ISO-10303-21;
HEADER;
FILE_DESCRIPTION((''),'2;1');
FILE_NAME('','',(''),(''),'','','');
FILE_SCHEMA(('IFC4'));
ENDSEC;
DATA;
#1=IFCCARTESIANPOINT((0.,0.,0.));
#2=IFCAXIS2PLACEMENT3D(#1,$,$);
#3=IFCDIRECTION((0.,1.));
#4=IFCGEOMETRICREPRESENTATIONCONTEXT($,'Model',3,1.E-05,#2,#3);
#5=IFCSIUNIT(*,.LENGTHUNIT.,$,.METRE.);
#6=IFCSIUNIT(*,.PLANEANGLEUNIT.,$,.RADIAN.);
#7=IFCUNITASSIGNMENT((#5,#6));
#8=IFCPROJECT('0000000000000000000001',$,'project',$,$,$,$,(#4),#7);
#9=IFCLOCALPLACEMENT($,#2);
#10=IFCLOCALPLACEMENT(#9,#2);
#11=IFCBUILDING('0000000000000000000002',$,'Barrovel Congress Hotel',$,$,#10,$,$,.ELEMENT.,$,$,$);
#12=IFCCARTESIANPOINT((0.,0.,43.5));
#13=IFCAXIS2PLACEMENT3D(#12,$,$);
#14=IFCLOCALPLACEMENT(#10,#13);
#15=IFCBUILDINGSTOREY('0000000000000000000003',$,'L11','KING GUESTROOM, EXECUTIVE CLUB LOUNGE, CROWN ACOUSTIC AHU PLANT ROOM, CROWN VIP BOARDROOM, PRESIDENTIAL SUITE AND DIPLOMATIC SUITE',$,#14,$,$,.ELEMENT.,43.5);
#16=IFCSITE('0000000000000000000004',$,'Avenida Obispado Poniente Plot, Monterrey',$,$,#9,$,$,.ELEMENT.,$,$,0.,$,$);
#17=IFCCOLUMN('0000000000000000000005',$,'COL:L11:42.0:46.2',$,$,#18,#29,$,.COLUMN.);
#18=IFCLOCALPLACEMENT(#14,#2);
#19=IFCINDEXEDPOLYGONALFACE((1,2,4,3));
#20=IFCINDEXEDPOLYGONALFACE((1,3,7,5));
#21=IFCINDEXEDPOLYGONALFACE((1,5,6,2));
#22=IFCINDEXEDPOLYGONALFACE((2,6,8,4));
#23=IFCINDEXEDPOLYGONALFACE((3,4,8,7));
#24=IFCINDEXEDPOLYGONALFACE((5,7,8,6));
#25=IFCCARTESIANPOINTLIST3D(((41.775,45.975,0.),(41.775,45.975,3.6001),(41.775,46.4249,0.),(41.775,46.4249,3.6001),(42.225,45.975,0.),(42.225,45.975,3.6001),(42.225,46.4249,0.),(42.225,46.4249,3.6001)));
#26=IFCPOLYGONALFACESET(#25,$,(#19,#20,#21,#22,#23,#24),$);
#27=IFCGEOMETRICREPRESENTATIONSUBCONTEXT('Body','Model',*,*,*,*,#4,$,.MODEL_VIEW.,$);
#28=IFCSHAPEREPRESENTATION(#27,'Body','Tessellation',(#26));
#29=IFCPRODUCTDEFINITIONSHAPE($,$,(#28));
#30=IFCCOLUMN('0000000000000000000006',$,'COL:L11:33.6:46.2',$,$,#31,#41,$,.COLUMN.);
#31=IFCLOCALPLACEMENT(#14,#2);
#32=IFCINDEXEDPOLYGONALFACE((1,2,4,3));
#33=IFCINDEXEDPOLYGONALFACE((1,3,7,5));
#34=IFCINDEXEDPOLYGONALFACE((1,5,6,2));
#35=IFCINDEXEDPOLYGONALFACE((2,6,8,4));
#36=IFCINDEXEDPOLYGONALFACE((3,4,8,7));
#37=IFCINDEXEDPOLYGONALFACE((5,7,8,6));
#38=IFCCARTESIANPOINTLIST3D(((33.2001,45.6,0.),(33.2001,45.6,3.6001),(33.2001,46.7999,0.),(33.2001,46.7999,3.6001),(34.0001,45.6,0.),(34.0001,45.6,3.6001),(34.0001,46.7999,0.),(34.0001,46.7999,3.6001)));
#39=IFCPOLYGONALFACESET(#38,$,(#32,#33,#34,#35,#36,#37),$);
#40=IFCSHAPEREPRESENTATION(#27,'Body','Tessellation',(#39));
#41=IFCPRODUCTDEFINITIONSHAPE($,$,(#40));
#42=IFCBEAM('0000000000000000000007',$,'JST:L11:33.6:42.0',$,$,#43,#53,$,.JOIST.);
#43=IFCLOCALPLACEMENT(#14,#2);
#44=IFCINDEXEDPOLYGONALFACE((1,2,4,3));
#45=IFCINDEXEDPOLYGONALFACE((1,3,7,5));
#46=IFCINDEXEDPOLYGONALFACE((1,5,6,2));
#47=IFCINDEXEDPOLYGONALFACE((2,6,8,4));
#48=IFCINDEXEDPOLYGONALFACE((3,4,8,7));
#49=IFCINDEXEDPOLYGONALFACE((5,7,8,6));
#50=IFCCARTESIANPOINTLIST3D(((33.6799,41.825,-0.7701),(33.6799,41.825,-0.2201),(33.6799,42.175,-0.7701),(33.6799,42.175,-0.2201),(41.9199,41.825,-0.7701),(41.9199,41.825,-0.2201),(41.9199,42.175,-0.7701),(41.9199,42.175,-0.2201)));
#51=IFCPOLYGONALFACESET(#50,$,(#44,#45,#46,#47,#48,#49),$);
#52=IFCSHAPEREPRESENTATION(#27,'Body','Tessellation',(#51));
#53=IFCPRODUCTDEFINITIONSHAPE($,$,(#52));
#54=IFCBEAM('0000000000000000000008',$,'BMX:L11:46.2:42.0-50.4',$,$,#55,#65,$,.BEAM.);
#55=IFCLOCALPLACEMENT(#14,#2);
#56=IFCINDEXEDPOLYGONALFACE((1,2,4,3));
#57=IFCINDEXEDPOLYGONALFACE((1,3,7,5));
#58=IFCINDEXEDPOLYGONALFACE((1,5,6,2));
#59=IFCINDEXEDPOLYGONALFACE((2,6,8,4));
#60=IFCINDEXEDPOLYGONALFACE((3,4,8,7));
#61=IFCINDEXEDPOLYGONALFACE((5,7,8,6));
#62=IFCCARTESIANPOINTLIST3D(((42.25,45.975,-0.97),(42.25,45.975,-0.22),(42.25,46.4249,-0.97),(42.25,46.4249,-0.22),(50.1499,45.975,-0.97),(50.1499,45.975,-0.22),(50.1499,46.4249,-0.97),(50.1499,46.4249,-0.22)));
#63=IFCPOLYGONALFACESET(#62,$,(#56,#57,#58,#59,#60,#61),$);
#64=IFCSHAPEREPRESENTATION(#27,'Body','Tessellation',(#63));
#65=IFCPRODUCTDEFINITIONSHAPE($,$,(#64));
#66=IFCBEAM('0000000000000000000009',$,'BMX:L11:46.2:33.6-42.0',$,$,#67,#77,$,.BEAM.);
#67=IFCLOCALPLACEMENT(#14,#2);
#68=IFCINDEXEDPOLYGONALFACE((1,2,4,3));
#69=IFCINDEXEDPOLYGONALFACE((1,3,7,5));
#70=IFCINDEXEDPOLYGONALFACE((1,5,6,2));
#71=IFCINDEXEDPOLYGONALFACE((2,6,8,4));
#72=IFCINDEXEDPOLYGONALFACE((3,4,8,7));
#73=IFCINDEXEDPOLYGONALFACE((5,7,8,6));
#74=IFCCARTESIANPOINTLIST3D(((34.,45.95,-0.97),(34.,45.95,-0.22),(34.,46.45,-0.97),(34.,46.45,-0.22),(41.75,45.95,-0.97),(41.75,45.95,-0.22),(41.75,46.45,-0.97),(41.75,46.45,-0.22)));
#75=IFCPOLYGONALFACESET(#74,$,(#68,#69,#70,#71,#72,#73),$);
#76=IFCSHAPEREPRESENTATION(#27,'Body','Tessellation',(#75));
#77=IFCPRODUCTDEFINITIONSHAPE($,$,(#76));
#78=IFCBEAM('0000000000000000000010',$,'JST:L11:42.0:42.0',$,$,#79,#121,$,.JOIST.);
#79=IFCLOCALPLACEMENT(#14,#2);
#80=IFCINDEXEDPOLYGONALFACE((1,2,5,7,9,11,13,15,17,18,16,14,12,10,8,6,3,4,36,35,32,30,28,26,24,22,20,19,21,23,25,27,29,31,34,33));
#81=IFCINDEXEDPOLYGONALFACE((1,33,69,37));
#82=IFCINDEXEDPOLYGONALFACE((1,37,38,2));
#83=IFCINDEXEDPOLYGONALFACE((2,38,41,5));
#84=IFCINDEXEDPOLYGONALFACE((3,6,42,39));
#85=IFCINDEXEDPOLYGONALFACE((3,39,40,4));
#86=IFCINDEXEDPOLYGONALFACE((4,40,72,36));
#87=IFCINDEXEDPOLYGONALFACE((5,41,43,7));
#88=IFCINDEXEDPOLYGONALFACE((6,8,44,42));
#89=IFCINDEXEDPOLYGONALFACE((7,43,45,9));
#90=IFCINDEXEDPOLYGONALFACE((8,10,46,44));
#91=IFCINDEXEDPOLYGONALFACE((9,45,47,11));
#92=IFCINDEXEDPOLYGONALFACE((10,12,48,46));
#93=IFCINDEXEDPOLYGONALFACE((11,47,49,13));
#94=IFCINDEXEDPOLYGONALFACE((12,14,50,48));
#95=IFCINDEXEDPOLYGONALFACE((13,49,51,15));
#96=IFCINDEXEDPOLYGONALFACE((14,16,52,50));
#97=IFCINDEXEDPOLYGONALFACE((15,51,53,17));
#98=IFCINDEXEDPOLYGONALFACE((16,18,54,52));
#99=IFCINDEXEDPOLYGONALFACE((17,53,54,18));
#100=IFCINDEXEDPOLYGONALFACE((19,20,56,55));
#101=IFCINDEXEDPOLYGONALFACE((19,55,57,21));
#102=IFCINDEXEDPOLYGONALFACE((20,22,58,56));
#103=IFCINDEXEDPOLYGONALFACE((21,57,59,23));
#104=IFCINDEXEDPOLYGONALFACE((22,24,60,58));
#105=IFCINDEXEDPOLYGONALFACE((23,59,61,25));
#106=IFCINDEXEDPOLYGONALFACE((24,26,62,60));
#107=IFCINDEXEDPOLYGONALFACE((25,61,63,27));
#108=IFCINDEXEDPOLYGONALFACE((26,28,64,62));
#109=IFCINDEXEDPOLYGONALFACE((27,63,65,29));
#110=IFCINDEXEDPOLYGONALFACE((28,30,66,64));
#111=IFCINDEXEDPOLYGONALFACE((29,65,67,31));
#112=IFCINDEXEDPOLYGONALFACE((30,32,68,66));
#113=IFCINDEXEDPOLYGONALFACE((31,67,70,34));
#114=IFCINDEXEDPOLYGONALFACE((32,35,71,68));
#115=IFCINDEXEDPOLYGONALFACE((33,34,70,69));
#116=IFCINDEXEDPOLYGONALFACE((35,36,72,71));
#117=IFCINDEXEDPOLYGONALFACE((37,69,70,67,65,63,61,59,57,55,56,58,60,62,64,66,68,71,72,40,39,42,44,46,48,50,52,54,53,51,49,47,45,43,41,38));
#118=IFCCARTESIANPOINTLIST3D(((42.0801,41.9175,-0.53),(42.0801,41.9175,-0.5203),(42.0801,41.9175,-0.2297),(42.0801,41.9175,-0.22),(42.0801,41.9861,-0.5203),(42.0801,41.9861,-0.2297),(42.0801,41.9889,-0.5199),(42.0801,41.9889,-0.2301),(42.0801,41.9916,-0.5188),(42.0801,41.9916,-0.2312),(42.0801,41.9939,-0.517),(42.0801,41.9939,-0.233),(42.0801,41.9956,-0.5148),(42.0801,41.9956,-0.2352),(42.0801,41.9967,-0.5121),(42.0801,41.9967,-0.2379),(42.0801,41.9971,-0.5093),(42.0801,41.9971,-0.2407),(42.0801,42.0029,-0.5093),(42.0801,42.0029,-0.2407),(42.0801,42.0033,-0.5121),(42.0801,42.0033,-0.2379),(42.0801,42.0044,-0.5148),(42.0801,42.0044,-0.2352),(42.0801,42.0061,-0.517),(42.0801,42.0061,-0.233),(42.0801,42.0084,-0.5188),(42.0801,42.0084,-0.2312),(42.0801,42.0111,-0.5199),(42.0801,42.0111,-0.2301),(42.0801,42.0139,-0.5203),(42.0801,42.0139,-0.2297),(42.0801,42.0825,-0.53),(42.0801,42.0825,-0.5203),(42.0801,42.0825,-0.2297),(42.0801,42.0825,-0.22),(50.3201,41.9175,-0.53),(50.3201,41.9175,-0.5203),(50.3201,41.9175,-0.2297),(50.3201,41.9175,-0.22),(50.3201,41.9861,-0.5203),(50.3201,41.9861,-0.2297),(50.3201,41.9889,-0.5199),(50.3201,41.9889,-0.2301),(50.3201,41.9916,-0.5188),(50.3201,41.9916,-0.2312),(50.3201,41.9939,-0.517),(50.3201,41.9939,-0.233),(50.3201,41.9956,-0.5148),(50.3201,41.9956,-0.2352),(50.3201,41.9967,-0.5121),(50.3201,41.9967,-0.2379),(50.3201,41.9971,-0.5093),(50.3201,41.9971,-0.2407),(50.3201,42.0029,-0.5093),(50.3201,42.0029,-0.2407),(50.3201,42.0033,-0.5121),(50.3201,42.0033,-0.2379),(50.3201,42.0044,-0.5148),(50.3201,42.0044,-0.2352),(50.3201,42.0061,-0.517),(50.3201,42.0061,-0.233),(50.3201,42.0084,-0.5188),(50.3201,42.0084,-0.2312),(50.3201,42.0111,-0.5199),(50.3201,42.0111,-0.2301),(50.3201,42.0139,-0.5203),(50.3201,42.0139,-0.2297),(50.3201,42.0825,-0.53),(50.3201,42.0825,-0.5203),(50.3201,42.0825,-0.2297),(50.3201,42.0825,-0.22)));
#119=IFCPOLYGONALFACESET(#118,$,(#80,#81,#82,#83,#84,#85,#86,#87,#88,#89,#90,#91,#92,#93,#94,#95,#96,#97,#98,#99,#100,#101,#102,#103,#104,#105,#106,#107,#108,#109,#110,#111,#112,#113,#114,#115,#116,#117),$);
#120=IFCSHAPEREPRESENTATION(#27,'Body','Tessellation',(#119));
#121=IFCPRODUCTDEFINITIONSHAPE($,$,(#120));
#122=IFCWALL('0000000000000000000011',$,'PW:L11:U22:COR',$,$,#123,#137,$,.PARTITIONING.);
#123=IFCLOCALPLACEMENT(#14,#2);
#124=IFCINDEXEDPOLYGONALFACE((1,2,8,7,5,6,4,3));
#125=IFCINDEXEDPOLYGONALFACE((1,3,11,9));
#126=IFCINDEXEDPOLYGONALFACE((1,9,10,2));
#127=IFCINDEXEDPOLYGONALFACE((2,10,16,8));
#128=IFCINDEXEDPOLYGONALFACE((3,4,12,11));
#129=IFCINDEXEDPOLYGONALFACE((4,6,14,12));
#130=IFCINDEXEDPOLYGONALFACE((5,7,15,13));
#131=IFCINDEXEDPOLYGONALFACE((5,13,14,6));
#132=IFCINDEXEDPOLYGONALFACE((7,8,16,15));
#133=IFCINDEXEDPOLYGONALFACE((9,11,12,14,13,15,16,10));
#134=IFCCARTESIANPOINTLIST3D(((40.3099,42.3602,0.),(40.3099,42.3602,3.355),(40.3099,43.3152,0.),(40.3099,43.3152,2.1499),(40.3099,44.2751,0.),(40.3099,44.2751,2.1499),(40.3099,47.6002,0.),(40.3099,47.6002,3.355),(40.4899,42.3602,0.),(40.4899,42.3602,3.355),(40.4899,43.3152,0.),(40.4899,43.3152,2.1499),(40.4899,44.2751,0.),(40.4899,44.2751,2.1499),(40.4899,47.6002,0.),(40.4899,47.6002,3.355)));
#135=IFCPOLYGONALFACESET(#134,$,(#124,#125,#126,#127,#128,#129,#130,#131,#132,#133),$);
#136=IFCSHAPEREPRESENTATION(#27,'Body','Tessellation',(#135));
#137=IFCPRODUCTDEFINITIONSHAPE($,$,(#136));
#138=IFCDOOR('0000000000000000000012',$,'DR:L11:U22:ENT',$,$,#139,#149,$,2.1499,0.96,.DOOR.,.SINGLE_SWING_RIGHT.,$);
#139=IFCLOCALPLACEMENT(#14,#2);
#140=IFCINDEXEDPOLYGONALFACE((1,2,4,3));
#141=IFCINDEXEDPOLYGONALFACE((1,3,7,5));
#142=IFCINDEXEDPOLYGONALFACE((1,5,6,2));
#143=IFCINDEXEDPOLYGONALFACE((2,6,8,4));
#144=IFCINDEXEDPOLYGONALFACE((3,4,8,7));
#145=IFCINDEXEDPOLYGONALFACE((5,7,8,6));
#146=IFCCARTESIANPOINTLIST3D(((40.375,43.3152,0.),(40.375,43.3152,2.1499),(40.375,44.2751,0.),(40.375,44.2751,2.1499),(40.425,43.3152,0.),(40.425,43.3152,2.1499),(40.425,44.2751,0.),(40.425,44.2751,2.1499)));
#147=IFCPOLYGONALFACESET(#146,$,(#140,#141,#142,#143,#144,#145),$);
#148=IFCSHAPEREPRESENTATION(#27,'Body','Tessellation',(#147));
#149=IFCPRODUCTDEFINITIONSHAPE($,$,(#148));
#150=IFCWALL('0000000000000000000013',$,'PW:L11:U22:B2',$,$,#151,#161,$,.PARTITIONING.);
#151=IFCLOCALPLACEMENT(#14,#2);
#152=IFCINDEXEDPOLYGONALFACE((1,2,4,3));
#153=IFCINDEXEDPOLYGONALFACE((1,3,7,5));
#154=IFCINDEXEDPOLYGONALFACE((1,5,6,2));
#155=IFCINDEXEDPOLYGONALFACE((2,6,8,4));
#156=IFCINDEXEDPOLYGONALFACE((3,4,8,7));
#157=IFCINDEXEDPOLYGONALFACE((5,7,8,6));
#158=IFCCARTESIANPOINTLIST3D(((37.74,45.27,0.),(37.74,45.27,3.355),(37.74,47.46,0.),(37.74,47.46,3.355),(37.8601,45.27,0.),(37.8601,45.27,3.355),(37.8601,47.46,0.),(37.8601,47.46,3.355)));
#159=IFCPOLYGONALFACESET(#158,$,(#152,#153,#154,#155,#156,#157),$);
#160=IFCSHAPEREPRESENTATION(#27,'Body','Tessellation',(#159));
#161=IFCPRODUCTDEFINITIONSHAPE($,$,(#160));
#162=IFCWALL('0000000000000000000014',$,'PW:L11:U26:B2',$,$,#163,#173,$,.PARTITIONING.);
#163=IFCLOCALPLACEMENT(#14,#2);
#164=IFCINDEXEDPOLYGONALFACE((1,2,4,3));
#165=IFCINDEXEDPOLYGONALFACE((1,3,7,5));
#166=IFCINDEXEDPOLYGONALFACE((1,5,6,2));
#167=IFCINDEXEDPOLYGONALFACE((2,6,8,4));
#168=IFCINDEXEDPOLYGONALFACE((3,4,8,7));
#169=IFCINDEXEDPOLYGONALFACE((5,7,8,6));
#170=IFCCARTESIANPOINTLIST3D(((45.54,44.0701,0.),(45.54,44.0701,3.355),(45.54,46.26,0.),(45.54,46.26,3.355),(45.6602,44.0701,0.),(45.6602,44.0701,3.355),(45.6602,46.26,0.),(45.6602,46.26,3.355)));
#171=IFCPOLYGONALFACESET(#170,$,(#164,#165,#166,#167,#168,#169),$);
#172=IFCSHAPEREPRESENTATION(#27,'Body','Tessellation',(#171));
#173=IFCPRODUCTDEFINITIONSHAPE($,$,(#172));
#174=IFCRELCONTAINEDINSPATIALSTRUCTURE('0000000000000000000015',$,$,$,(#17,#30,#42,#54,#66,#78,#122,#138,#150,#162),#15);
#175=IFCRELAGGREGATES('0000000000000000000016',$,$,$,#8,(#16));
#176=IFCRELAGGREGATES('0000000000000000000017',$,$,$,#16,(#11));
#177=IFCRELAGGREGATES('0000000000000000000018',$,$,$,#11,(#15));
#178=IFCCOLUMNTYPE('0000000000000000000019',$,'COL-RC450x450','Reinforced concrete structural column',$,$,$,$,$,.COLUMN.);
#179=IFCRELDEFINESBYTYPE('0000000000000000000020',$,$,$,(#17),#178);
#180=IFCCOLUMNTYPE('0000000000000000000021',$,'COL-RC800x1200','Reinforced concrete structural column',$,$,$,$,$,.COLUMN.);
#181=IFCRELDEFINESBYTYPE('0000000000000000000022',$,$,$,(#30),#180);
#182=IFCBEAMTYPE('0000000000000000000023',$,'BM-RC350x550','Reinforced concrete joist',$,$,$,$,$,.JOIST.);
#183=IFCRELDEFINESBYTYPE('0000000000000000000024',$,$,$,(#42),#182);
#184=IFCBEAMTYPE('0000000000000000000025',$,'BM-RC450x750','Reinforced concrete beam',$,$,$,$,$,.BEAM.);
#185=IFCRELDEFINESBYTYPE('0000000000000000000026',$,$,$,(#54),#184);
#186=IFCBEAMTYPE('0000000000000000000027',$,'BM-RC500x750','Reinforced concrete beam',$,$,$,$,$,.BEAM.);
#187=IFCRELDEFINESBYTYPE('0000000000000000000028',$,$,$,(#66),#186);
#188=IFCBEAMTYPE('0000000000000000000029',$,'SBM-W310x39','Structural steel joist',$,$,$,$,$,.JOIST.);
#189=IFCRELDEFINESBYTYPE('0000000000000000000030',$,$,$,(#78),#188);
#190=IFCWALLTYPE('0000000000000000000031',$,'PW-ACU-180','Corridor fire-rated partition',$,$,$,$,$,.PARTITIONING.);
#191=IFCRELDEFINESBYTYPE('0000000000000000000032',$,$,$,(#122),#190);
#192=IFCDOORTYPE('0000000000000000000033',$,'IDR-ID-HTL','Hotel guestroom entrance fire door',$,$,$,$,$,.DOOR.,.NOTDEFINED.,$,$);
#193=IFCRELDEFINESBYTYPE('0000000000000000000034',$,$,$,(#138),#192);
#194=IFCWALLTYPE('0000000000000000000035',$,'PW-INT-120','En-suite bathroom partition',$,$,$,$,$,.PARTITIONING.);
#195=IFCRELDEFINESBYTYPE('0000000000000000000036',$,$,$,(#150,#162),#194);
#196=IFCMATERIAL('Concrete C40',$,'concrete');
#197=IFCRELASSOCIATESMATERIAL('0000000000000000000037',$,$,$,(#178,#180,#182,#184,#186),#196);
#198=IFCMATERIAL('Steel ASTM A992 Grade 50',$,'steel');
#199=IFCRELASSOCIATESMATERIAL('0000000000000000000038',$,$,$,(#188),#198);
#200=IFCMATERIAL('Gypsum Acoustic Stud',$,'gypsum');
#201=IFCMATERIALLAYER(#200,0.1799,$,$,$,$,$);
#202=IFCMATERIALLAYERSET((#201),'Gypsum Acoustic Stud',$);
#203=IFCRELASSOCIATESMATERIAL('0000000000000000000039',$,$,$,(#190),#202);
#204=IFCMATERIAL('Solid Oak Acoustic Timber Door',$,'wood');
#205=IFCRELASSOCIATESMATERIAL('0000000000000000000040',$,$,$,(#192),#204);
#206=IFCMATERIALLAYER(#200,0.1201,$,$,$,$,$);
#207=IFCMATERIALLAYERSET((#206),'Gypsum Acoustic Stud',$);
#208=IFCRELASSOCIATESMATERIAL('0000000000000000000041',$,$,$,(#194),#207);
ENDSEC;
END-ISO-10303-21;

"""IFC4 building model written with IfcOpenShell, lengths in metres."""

from ifc_helpers import new_model, si_unit, direction, frame, frame_2d, origin, origin_2d, place, context, subcontext, project, spatial, rectangle, i_section, extrude, material, layer, layer_set, material_profile, profile_set, type_object, element, fill, save


model = new_model("IFC4")

# Units and contexts
model_context = context("Model", 3, precision=1e-05, world=origin(), true_north=direction((0.0, 1.0)))
body_context = subcontext(model_context, "Body", "Model", "MODEL_VIEW")
ifc_project = project(units=[si_unit("LENGTHUNIT", "METRE"), si_unit("PLANEANGLEUNIT", "RADIAN")], contexts=[model_context])

# Site, building, storey
site_placement = place(None, origin())
site = spatial("IfcSite", under=ifc_project, at=site_placement, Name="Avenida Obispado Poniente Plot, Monterrey", CompositionType="ELEMENT", RefElevation=0.0)
building_placement = place(site_placement, origin())
building = spatial("IfcBuilding", under=site, at=building_placement, Name="Barrovel Congress Hotel", CompositionType="ELEMENT")
storey_placement = place(building_placement, frame((0.0, 0.0, 43.5)))
storey = spatial("IfcBuildingStorey", under=building, at=storey_placement, Name="L11", Description="KING GUESTROOM, EXECUTIVE CLUB LOUNGE, CROWN ACOUSTIC AHU PLANT ROOM, CROWN VIP BOARDROOM, PRESIDENTIAL SUITE AND DIPLOMATIC SUITE", CompositionType="ELEMENT", Elevation=43.5)

# Columns
ifc_material_1 = material(Name="Concrete C40", Category="concrete")
ifc_material_profile_1 = material_profile(ifc_material_1, rectangle(XDim=0.45, YDim=0.45, at=origin_2d()), Name="RC450x450")
ifc_profile_set_1 = profile_set([ifc_material_profile_1], Name="Concrete C40")
column_type_1 = type_object("IfcColumnType", Name="COL-RC450x450", Description="Reinforced concrete structural column", PredefinedType="COLUMN", material=ifc_profile_set_1)
column_1_placement = place(storey_placement, frame((42.0, 46.2, 0.0), z_axis=(0.0, 0.0, 1.0), x_axis=(1.0, 0.0, 0.0)))
element("IfcColumn", 1, at=column_1_placement, inside=storey, type_object=column_type_1, Name="COL:L11:42.0:46.2", PredefinedType="COLUMN", context=body_context, shape_type="SweptSolid", body=[
    extrude(rectangle(XDim=0.45, YDim=0.45, at=origin_2d()), origin(), (0.0, 0.0, 1.0), 3.6001),
])
ifc_material_profile_2 = material_profile(ifc_material_1, rectangle(XDim=0.8, YDim=1.2, at=origin_2d()), Name="RC800x1200")
ifc_profile_set_2 = profile_set([ifc_material_profile_2], Name="Concrete C40")
column_type_2 = type_object("IfcColumnType", Name="COL-RC800x1200", Description="Reinforced concrete structural column", PredefinedType="COLUMN", material=ifc_profile_set_2)
column_2_placement = place(storey_placement, frame((33.6001, 46.2, 0.0), z_axis=(0.0, 0.0, 1.0), x_axis=(1.0, 0.0, 0.0)))
element("IfcColumn", 2, at=column_2_placement, inside=storey, type_object=column_type_2, Name="COL:L11:33.6:46.2", PredefinedType="COLUMN", context=body_context, shape_type="SweptSolid", body=[
    extrude(rectangle(XDim=0.8, YDim=1.2, at=origin_2d()), origin(), (0.0, 0.0, 1.0), 3.6001),
])

# Beams
ifc_material_profile_3 = material_profile(ifc_material_1, rectangle(XDim=0.3501, YDim=0.55, at=origin_2d()), Name="RC350x550")
ifc_profile_set_3 = profile_set([ifc_material_profile_3], Name="Concrete C40")
beam_type_1 = type_object("IfcBeamType", Name="BM-RC350x550", Description="Reinforced concrete joist", PredefinedType="JOIST", material=ifc_profile_set_3)
beam_1_placement = place(storey_placement, frame((33.6799, 42.0, -0.4951), z_axis=(1.0, 0.0, 0.0), x_axis=(0.0, 1.0, 0.0)))
element("IfcBeam", 3, at=beam_1_placement, inside=storey, type_object=beam_type_1, Name="JST:L11:33.6:42.0", PredefinedType="JOIST", context=body_context, shape_type="SweptSolid", body=[
    extrude(rectangle(XDim=0.3501, YDim=0.55, at=origin_2d()), origin(), (0.0, 0.0, 1.0), 8.24),
])
ifc_material_profile_4 = material_profile(ifc_material_1, rectangle(XDim=0.45, YDim=0.75, at=origin_2d()), Name="RC450x750")
ifc_profile_set_4 = profile_set([ifc_material_profile_4], Name="Concrete C40")
beam_type_2 = type_object("IfcBeamType", Name="BM-RC450x750", Description="Reinforced concrete beam", PredefinedType="BEAM", material=ifc_profile_set_4)
beam_2_placement = place(storey_placement, frame((42.25, 46.2, -0.595), z_axis=(1.0, 0.0, 0.0), x_axis=(0.0, 1.0, 0.0)))
element("IfcBeam", 4, at=beam_2_placement, inside=storey, type_object=beam_type_2, Name="BMX:L11:46.2:42.0-50.4", PredefinedType="BEAM", context=body_context, shape_type="SweptSolid", body=[
    extrude(rectangle(XDim=0.45, YDim=0.75, at=origin_2d()), origin(), (0.0, 0.0, 1.0), 7.8999),
])
ifc_material_profile_5 = material_profile(ifc_material_1, rectangle(XDim=0.5, YDim=0.75, at=origin_2d()), Name="RC500x750")
ifc_profile_set_5 = profile_set([ifc_material_profile_5], Name="Concrete C40")
beam_type_3 = type_object("IfcBeamType", Name="BM-RC500x750", Description="Reinforced concrete beam", PredefinedType="BEAM", material=ifc_profile_set_5)
beam_3_placement = place(storey_placement, frame((34.0, 46.2, -0.595), z_axis=(1.0, 0.0, 0.0), x_axis=(0.0, 1.0, 0.0)))
element("IfcBeam", 5, at=beam_3_placement, inside=storey, type_object=beam_type_3, Name="BMX:L11:46.2:33.6-42.0", PredefinedType="BEAM", context=body_context, shape_type="SweptSolid", body=[
    extrude(rectangle(XDim=0.5, YDim=0.75, at=origin_2d()), origin(), (0.0, 0.0, 1.0), 7.75),
])
ifc_material_2 = material(Name="Steel ASTM A992 Grade 50", Category="steel")
ifc_material_profile_6 = material_profile(ifc_material_2, i_section(OverallWidth=0.165, OverallDepth=0.3101, WebThickness=0.0059, FlangeThickness=0.0098, FilletRadius=0.011, at=origin_2d()), Name="W310x39")
ifc_profile_set_6 = profile_set([ifc_material_profile_6], Name="Steel ASTM A992 Grade 50")
beam_type_4 = type_object("IfcBeamType", Name="SBM-W310x39", Description="Structural steel joist", PredefinedType="JOIST", material=ifc_profile_set_6)
beam_4_placement = place(storey_placement, frame((42.0801, 42.0, -0.375), z_axis=(1.0, 0.0, 0.0), x_axis=(0.0, 1.0, 0.0)))
element("IfcBeam", 6, at=beam_4_placement, inside=storey, type_object=beam_type_4, Name="JST:L11:42.0:42.0", PredefinedType="JOIST", context=body_context, shape_type="SweptSolid", body=[
    extrude(i_section(OverallWidth=0.165, OverallDepth=0.3101, WebThickness=0.0059, FlangeThickness=0.0098, FilletRadius=0.011, at=origin_2d()), origin(), (0.0, 0.0, 1.0), 8.24),
])

# Wall, opening, door
ifc_material_3 = material(Name="Gypsum Acoustic Stud", Category="gypsum")
ifc_layer_1 = layer(ifc_material_3, 0.1799)
ifc_layer_set_1 = layer_set([ifc_layer_1], Name="Gypsum Acoustic Stud")
wall_type_1 = type_object("IfcWallType", Name="PW-ACU-180", Description="Corridor fire-rated partition", PredefinedType="PARTITIONING", material=ifc_layer_set_1)
wall_1_placement = place(storey_placement, frame((40.3999, 42.3601, 0.0), z_axis=(0.0, 0.0, 1.0), x_axis=(0.0, 1.0, 0.0)))
wall_1 = element("IfcWall", 7, at=wall_1_placement, inside=storey, type_object=wall_type_1, Name="PW:L11:U22:COR", PredefinedType="PARTITIONING", context=body_context, shape_type="SweptSolid", body=[
    extrude(rectangle(XDim=5.24, YDim=0.1799, at=frame_2d((2.6201, 0.0))), origin(), (0.0, 0.0, 1.0), 3.355),
])
opening_1_placement = place(wall_1_placement, frame((0.9551, 0.0, 0.0)))
opening_1 = element("IfcOpeningElement", 8, at=opening_1_placement, cuts=wall_1, PredefinedType="OPENING", context=body_context, shape_type="SweptSolid", body=[
    extrude(rectangle(XDim=0.96, YDim=2.1499, at=frame_2d((0.48, 1.075))), frame((0.0, 0.1001, 0.0), z_axis=(0.0, -1.0, 0.0), x_axis=(1.0, 0.0, 0.0)), (0.0, 0.0, 1.0), 0.2),
])
ifc_material_4 = material(Name="Solid Oak Acoustic Timber Door", Category="wood")
door_type_1 = type_object("IfcDoorType", Name="IDR-ID-HTL", Description="Hotel guestroom entrance fire door", OperationType="NOTDEFINED", PredefinedType="DOOR", material=ifc_material_4)
door_1_placement = place(opening_1_placement, origin())
door_1 = element("IfcDoor", 9, at=door_1_placement, inside=storey, type_object=door_type_1, Name="DR:L11:U22:ENT", OperationType="SINGLE_SWING_RIGHT", OverallHeight=2.1499, OverallWidth=0.96, PredefinedType="DOOR", context=body_context, shape_type="SweptSolid", body=[
    extrude(rectangle(XDim=0.96, YDim=2.1499, at=frame_2d((0.48, 1.075))), frame((0.0, 0.0249, 0.0), z_axis=(0.0, -1.0, 0.0), x_axis=(1.0, 0.0, 0.0)), (0.0, 0.0, 1.0), 0.05),
])
fill(opening_1, door_1)

# Walls
ifc_layer_2 = layer(ifc_material_3, 0.1201)
ifc_layer_set_2 = layer_set([ifc_layer_2], Name="Gypsum Acoustic Stud")
wall_type_2 = type_object("IfcWallType", Name="PW-INT-120", Description="En-suite bathroom partition", PredefinedType="PARTITIONING", material=ifc_layer_set_2)
for number, where, z_axis, x_axis, name in (
    (10, (37.8, 45.27, 0.0), (0.0, 0.0, 1.0), (0.0, 1.0, 0.0), "PW:L11:U22:B2"),
    (11, (45.6001, 44.0701, 0.0), (0.0, 0.0, 1.0), (0.0, 1.0, 0.0), "PW:L11:U26:B2"),
):
    element("IfcWall", number, at=place(storey_placement, frame(where, z_axis=z_axis, x_axis=x_axis)), inside=storey, type_object=wall_type_2, Name=name, PredefinedType="PARTITIONING", context=body_context, shape_type="SweptSolid", body=[
        extrude(rectangle(XDim=2.1899, YDim=0.1201, at=frame_2d((1.095, 0.0))), origin(), (0.0, 0.0, 1.0), 3.355),
    ])

save(model, "model.ifc")
